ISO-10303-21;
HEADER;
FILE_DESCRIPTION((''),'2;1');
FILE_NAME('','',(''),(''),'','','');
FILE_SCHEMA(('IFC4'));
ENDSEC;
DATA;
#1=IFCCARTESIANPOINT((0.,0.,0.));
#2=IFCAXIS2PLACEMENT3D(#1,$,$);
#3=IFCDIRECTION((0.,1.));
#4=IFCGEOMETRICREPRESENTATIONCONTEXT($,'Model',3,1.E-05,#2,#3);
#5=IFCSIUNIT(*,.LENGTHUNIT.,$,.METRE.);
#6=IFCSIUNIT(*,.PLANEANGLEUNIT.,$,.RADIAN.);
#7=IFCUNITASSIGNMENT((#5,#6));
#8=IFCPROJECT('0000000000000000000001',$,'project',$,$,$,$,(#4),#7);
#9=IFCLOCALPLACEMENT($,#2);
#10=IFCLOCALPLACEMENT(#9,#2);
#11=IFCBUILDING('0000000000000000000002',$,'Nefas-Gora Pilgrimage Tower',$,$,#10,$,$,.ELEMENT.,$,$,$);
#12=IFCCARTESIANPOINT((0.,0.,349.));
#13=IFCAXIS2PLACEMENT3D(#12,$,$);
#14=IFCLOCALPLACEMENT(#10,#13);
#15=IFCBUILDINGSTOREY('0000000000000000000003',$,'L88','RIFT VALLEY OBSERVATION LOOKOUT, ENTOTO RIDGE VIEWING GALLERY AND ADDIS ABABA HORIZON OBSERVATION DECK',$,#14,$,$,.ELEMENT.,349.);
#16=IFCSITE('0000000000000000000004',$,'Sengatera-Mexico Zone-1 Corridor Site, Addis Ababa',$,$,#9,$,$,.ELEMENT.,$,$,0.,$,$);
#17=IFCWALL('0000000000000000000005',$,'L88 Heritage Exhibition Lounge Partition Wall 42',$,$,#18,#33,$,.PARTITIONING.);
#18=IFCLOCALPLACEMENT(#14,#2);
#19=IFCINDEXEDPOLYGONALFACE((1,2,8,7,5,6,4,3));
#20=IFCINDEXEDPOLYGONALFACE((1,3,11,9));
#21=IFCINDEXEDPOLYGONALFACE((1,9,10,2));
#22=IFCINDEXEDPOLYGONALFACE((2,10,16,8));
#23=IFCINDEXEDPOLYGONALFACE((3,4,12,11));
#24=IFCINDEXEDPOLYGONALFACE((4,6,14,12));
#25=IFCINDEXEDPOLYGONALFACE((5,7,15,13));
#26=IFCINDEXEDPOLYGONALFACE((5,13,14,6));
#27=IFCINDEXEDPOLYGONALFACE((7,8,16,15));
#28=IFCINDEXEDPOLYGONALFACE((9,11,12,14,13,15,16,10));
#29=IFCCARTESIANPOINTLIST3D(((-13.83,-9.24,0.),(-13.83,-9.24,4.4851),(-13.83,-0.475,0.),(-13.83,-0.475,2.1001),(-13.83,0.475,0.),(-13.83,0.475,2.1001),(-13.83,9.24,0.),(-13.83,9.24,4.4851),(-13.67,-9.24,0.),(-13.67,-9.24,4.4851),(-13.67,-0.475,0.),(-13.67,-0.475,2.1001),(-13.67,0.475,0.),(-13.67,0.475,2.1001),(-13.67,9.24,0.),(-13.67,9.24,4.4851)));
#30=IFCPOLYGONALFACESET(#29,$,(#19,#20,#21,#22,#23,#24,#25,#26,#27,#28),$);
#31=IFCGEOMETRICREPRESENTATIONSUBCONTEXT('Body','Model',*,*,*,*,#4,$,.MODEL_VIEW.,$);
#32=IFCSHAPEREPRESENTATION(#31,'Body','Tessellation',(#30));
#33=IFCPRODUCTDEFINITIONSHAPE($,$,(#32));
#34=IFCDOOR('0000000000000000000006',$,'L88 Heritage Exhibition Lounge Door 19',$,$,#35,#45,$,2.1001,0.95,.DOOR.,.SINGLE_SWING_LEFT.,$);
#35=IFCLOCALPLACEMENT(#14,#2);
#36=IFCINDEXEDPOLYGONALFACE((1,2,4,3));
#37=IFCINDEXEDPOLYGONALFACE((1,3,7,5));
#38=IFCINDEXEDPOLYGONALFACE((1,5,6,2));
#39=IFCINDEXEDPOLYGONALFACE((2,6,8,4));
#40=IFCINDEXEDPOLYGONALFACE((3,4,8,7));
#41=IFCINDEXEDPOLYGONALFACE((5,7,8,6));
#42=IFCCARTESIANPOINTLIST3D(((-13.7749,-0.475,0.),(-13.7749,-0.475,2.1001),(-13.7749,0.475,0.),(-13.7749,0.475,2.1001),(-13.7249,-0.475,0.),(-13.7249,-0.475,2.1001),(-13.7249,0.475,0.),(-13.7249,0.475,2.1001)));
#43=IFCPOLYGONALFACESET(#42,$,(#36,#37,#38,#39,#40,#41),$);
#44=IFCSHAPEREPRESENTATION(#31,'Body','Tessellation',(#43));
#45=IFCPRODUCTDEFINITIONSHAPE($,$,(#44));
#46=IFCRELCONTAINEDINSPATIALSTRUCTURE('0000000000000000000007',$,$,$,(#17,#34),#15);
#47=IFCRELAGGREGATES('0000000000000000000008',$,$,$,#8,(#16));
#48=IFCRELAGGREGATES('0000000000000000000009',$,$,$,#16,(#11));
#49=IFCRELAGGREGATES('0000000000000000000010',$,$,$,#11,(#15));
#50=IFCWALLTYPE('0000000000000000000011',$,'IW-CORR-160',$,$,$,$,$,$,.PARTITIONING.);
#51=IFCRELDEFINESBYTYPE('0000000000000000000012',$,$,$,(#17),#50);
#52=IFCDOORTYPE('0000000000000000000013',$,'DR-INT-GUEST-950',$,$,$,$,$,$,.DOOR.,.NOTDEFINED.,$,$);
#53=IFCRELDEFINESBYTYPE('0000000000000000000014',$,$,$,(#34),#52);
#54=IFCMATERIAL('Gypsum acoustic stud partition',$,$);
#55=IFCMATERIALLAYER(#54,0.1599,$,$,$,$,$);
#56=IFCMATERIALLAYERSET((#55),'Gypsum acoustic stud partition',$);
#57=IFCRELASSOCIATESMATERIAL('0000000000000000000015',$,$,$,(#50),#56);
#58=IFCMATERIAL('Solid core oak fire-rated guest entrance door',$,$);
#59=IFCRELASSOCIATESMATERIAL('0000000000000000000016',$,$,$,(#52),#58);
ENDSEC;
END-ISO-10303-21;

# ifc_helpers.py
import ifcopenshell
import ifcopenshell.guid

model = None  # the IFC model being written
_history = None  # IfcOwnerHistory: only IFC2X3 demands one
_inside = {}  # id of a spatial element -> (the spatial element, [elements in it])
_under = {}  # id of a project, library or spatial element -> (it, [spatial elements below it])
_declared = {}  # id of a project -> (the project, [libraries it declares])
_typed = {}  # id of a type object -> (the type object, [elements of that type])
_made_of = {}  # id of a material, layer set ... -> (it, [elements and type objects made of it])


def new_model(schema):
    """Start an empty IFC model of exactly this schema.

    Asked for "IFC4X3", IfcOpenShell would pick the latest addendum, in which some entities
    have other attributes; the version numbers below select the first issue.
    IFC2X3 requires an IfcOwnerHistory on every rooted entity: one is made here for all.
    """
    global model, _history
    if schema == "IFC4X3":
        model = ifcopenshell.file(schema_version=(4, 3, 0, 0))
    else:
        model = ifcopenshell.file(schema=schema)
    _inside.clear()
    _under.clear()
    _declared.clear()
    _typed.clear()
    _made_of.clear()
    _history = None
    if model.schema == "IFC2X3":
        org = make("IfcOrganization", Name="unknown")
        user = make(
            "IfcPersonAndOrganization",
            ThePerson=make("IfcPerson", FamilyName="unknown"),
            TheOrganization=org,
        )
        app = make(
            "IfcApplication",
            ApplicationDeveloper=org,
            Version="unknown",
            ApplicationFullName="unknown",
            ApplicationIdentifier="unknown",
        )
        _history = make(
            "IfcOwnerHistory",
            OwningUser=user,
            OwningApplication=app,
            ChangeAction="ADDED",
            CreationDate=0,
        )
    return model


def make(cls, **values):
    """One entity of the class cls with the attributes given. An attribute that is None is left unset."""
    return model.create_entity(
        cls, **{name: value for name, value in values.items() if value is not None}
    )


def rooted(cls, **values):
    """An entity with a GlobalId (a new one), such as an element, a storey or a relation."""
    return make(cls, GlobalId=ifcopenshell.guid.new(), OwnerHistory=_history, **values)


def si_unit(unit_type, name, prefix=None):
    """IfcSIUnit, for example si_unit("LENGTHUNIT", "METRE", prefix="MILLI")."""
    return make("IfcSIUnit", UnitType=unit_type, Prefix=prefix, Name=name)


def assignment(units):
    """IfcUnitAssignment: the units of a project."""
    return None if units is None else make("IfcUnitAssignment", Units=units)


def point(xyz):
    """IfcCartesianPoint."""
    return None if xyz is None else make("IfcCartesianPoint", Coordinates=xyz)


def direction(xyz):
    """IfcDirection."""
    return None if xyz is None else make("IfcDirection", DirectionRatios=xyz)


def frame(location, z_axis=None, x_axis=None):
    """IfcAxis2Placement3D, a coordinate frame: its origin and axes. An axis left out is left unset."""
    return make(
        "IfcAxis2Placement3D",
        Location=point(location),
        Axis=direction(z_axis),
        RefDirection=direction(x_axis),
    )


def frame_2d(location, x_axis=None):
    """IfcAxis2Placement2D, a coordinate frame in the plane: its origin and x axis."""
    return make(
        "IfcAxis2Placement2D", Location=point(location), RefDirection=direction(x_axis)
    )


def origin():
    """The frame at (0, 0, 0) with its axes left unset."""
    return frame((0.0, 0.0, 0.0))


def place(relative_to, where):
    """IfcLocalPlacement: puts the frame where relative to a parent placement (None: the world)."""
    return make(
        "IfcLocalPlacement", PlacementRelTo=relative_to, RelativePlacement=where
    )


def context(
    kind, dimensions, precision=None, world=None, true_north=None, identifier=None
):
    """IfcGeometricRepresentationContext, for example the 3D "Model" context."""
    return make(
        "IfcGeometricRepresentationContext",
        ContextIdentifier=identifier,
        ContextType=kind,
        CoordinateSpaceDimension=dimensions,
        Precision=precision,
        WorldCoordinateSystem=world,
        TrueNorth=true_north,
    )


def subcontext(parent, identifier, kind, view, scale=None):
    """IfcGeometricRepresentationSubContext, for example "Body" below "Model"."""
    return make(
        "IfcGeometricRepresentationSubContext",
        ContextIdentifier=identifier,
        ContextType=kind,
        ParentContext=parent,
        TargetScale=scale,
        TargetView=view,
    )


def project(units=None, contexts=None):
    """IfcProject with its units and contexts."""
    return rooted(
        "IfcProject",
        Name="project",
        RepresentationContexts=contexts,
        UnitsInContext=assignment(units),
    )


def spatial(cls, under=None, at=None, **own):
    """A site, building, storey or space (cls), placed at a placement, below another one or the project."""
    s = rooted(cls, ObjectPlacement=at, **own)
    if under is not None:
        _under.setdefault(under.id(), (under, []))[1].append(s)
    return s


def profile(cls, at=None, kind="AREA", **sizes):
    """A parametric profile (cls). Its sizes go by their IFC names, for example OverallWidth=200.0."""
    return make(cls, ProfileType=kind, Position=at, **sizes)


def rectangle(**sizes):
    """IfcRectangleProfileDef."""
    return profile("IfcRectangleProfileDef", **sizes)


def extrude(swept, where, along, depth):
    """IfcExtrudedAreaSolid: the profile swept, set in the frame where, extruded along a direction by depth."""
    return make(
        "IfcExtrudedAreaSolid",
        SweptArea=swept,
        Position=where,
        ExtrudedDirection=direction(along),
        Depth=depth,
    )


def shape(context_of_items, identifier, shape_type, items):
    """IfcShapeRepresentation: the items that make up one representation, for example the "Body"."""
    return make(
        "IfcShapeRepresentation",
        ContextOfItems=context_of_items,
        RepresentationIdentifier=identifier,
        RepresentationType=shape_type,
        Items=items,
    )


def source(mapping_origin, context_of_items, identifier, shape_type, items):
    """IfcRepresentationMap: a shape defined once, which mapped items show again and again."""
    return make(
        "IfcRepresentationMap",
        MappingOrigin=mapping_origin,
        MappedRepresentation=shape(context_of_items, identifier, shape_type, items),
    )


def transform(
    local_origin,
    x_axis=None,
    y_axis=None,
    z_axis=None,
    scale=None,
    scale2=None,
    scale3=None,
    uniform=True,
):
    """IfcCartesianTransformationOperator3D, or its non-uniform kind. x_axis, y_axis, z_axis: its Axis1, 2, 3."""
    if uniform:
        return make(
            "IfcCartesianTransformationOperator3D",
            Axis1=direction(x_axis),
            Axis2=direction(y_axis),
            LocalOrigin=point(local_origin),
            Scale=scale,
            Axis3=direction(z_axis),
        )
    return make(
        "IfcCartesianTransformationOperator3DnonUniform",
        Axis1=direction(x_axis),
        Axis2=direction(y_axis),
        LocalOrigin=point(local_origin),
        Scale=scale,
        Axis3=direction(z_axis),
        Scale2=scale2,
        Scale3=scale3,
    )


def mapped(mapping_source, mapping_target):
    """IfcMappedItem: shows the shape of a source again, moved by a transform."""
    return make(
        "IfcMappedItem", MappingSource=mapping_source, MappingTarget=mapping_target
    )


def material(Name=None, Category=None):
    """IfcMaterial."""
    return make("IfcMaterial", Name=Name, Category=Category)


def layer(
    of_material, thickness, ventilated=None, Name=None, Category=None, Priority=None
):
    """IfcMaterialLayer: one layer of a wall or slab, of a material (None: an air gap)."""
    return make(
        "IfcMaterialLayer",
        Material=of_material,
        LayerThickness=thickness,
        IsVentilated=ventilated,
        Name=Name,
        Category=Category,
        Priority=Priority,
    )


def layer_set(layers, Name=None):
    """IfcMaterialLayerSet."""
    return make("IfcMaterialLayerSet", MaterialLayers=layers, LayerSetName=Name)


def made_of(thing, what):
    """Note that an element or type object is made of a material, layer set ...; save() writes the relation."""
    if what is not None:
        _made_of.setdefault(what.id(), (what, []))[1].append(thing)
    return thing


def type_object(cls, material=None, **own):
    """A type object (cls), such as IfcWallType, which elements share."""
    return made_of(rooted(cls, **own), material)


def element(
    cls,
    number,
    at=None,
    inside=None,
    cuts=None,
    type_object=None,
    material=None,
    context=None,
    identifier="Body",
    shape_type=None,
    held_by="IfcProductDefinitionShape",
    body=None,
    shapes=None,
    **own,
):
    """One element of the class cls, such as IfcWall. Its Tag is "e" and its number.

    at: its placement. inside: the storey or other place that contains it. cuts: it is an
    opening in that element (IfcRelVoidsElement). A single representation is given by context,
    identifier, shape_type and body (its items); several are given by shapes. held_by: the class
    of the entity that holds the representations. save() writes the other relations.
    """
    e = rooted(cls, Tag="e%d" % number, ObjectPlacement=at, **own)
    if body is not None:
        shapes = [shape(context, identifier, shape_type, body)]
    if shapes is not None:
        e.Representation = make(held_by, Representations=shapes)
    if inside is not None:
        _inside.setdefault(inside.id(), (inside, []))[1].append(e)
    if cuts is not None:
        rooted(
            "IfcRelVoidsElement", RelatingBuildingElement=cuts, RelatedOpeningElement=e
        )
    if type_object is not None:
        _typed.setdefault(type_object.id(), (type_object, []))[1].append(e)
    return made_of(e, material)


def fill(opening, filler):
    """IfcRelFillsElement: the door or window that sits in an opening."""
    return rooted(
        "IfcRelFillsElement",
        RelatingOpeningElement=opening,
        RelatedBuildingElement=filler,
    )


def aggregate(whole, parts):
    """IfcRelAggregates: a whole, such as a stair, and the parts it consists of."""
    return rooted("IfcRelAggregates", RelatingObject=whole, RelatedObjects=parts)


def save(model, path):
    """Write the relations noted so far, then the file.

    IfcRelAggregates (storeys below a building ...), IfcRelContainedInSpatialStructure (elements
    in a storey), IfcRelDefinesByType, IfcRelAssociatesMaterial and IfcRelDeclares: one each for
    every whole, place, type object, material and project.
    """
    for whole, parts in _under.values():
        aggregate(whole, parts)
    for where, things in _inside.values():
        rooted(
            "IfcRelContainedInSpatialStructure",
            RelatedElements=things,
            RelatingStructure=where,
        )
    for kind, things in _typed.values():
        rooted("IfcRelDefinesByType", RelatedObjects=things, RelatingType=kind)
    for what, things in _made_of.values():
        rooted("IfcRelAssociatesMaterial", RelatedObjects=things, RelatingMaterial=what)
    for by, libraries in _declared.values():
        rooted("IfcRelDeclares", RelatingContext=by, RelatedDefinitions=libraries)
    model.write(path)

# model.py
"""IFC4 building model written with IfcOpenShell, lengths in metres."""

from ifc_helpers import new_model, si_unit, direction, frame, frame_2d, origin, place, context, subcontext, project, spatial, rectangle, extrude, source, transform, mapped, material, layer, layer_set, type_object, element, fill, save


model = new_model("IFC4")

# Units and contexts
model_context = context("Model", 3, precision=1e-05, world=origin(), true_north=direction((0.0, 1.0)))
body_context = subcontext(model_context, "Body", "Model", "MODEL_VIEW")
ifc_project = project(units=[si_unit("LENGTHUNIT", "METRE"), si_unit("PLANEANGLEUNIT", "RADIAN")], contexts=[model_context])

# Site, building, storey
site_placement = place(None, origin())
site = spatial("IfcSite", under=ifc_project, at=site_placement, Name="Sengatera-Mexico Zone-1 Corridor Site, Addis Ababa", CompositionType="ELEMENT", RefElevation=0.0)
building_placement = place(site_placement, origin())
building = spatial("IfcBuilding", under=site, at=building_placement, Name="Nefas-Gora Pilgrimage Tower", CompositionType="ELEMENT")
storey_placement = place(building_placement, frame((0.0, 0.0, 349.0)))
storey = spatial("IfcBuildingStorey", under=building, at=storey_placement, Name="L88", Description="RIFT VALLEY OBSERVATION LOOKOUT, ENTOTO RIDGE VIEWING GALLERY AND ADDIS ABABA HORIZON OBSERVATION DECK", CompositionType="ELEMENT", Elevation=349.0)

# Wall, opening, door
ifc_material_1 = material(Name="Gypsum acoustic stud partition")
ifc_layer_1 = layer(ifc_material_1, 0.1599)
ifc_layer_set_1 = layer_set([ifc_layer_1], Name="Gypsum acoustic stud partition")
wall_type_1 = type_object("IfcWallType", Name="IW-CORR-160", PredefinedType="PARTITIONING", material=ifc_layer_set_1)
shared_shape_1 = source(origin(), body_context, "Body", "SweptSolid", [
    extrude(rectangle(XDim=18.48, YDim=0.1599, at=frame_2d((9.24, 0.0))), origin(), (0.0, 0.0, 1.0), 4.4851),
])
wall_1_placement = place(storey_placement, frame((-13.75, -9.24, 0.0), z_axis=(0.0, 0.0, 1.0), x_axis=(0.0, 1.0, 0.0)))
wall_1 = element("IfcWall", 1, at=wall_1_placement, inside=storey, type_object=wall_type_1, Name="L88 Heritage Exhibition Lounge Partition Wall 42", PredefinedType="PARTITIONING", context=body_context, shape_type="MappedRepresentation", body=[
    mapped(shared_shape_1, transform((0.0, 0.0, 0.0), x_axis=(1.0, 0.0, 0.0), y_axis=(0.0, 1.0, 0.0), z_axis=(0.0, 0.0, 1.0), scale=1.0)),
])
opening_1_placement = place(wall_1_placement, frame((8.7649, 0.0, 0.0)))
opening_1 = element("IfcOpeningElement", 2, at=opening_1_placement, cuts=wall_1, PredefinedType="OPENING", context=body_context, shape_type="SweptSolid", body=[
    extrude(rectangle(XDim=0.95, YDim=2.1001, at=frame_2d((0.4751, 1.05))), frame((0.0, 0.0898, 0.0), z_axis=(0.0, -1.0, 0.0), x_axis=(1.0, 0.0, 0.0)), (0.0, 0.0, 1.0), 0.1799),
])
ifc_material_2 = material(Name="Solid core oak fire-rated guest entrance door")
door_type_1 = type_object("IfcDoorType", Name="DR-INT-GUEST-950", OperationType="NOTDEFINED", PredefinedType="DOOR", material=ifc_material_2)
shared_shape_2 = source(origin(), body_context, "Body", "SweptSolid", [
    extrude(rectangle(XDim=0.95, YDim=2.1001, at=frame_2d((0.4751, 1.05))), frame((0.0, 0.0249, 0.0), z_axis=(0.0, -1.0, 0.0), x_axis=(1.0, 0.0, 0.0)), (0.0, 0.0, 1.0), 0.05),
])
door_1_placement = place(opening_1_placement, origin())
door_1 = element("IfcDoor", 3, at=door_1_placement, inside=storey, type_object=door_type_1, Name="L88 Heritage Exhibition Lounge Door 19", OperationType="SINGLE_SWING_LEFT", OverallHeight=2.1001, OverallWidth=0.95, PredefinedType="DOOR", context=body_context, shape_type="MappedRepresentation", body=[
    mapped(shared_shape_2, transform((0.0, 0.0, 0.0), x_axis=(1.0, 0.0, 0.0), y_axis=(0.0, 1.0, 0.0), z_axis=(0.0, 0.0, 1.0), scale=1.0)),
])
fill(opening_1, door_1)

save(model, "model.ifc")
